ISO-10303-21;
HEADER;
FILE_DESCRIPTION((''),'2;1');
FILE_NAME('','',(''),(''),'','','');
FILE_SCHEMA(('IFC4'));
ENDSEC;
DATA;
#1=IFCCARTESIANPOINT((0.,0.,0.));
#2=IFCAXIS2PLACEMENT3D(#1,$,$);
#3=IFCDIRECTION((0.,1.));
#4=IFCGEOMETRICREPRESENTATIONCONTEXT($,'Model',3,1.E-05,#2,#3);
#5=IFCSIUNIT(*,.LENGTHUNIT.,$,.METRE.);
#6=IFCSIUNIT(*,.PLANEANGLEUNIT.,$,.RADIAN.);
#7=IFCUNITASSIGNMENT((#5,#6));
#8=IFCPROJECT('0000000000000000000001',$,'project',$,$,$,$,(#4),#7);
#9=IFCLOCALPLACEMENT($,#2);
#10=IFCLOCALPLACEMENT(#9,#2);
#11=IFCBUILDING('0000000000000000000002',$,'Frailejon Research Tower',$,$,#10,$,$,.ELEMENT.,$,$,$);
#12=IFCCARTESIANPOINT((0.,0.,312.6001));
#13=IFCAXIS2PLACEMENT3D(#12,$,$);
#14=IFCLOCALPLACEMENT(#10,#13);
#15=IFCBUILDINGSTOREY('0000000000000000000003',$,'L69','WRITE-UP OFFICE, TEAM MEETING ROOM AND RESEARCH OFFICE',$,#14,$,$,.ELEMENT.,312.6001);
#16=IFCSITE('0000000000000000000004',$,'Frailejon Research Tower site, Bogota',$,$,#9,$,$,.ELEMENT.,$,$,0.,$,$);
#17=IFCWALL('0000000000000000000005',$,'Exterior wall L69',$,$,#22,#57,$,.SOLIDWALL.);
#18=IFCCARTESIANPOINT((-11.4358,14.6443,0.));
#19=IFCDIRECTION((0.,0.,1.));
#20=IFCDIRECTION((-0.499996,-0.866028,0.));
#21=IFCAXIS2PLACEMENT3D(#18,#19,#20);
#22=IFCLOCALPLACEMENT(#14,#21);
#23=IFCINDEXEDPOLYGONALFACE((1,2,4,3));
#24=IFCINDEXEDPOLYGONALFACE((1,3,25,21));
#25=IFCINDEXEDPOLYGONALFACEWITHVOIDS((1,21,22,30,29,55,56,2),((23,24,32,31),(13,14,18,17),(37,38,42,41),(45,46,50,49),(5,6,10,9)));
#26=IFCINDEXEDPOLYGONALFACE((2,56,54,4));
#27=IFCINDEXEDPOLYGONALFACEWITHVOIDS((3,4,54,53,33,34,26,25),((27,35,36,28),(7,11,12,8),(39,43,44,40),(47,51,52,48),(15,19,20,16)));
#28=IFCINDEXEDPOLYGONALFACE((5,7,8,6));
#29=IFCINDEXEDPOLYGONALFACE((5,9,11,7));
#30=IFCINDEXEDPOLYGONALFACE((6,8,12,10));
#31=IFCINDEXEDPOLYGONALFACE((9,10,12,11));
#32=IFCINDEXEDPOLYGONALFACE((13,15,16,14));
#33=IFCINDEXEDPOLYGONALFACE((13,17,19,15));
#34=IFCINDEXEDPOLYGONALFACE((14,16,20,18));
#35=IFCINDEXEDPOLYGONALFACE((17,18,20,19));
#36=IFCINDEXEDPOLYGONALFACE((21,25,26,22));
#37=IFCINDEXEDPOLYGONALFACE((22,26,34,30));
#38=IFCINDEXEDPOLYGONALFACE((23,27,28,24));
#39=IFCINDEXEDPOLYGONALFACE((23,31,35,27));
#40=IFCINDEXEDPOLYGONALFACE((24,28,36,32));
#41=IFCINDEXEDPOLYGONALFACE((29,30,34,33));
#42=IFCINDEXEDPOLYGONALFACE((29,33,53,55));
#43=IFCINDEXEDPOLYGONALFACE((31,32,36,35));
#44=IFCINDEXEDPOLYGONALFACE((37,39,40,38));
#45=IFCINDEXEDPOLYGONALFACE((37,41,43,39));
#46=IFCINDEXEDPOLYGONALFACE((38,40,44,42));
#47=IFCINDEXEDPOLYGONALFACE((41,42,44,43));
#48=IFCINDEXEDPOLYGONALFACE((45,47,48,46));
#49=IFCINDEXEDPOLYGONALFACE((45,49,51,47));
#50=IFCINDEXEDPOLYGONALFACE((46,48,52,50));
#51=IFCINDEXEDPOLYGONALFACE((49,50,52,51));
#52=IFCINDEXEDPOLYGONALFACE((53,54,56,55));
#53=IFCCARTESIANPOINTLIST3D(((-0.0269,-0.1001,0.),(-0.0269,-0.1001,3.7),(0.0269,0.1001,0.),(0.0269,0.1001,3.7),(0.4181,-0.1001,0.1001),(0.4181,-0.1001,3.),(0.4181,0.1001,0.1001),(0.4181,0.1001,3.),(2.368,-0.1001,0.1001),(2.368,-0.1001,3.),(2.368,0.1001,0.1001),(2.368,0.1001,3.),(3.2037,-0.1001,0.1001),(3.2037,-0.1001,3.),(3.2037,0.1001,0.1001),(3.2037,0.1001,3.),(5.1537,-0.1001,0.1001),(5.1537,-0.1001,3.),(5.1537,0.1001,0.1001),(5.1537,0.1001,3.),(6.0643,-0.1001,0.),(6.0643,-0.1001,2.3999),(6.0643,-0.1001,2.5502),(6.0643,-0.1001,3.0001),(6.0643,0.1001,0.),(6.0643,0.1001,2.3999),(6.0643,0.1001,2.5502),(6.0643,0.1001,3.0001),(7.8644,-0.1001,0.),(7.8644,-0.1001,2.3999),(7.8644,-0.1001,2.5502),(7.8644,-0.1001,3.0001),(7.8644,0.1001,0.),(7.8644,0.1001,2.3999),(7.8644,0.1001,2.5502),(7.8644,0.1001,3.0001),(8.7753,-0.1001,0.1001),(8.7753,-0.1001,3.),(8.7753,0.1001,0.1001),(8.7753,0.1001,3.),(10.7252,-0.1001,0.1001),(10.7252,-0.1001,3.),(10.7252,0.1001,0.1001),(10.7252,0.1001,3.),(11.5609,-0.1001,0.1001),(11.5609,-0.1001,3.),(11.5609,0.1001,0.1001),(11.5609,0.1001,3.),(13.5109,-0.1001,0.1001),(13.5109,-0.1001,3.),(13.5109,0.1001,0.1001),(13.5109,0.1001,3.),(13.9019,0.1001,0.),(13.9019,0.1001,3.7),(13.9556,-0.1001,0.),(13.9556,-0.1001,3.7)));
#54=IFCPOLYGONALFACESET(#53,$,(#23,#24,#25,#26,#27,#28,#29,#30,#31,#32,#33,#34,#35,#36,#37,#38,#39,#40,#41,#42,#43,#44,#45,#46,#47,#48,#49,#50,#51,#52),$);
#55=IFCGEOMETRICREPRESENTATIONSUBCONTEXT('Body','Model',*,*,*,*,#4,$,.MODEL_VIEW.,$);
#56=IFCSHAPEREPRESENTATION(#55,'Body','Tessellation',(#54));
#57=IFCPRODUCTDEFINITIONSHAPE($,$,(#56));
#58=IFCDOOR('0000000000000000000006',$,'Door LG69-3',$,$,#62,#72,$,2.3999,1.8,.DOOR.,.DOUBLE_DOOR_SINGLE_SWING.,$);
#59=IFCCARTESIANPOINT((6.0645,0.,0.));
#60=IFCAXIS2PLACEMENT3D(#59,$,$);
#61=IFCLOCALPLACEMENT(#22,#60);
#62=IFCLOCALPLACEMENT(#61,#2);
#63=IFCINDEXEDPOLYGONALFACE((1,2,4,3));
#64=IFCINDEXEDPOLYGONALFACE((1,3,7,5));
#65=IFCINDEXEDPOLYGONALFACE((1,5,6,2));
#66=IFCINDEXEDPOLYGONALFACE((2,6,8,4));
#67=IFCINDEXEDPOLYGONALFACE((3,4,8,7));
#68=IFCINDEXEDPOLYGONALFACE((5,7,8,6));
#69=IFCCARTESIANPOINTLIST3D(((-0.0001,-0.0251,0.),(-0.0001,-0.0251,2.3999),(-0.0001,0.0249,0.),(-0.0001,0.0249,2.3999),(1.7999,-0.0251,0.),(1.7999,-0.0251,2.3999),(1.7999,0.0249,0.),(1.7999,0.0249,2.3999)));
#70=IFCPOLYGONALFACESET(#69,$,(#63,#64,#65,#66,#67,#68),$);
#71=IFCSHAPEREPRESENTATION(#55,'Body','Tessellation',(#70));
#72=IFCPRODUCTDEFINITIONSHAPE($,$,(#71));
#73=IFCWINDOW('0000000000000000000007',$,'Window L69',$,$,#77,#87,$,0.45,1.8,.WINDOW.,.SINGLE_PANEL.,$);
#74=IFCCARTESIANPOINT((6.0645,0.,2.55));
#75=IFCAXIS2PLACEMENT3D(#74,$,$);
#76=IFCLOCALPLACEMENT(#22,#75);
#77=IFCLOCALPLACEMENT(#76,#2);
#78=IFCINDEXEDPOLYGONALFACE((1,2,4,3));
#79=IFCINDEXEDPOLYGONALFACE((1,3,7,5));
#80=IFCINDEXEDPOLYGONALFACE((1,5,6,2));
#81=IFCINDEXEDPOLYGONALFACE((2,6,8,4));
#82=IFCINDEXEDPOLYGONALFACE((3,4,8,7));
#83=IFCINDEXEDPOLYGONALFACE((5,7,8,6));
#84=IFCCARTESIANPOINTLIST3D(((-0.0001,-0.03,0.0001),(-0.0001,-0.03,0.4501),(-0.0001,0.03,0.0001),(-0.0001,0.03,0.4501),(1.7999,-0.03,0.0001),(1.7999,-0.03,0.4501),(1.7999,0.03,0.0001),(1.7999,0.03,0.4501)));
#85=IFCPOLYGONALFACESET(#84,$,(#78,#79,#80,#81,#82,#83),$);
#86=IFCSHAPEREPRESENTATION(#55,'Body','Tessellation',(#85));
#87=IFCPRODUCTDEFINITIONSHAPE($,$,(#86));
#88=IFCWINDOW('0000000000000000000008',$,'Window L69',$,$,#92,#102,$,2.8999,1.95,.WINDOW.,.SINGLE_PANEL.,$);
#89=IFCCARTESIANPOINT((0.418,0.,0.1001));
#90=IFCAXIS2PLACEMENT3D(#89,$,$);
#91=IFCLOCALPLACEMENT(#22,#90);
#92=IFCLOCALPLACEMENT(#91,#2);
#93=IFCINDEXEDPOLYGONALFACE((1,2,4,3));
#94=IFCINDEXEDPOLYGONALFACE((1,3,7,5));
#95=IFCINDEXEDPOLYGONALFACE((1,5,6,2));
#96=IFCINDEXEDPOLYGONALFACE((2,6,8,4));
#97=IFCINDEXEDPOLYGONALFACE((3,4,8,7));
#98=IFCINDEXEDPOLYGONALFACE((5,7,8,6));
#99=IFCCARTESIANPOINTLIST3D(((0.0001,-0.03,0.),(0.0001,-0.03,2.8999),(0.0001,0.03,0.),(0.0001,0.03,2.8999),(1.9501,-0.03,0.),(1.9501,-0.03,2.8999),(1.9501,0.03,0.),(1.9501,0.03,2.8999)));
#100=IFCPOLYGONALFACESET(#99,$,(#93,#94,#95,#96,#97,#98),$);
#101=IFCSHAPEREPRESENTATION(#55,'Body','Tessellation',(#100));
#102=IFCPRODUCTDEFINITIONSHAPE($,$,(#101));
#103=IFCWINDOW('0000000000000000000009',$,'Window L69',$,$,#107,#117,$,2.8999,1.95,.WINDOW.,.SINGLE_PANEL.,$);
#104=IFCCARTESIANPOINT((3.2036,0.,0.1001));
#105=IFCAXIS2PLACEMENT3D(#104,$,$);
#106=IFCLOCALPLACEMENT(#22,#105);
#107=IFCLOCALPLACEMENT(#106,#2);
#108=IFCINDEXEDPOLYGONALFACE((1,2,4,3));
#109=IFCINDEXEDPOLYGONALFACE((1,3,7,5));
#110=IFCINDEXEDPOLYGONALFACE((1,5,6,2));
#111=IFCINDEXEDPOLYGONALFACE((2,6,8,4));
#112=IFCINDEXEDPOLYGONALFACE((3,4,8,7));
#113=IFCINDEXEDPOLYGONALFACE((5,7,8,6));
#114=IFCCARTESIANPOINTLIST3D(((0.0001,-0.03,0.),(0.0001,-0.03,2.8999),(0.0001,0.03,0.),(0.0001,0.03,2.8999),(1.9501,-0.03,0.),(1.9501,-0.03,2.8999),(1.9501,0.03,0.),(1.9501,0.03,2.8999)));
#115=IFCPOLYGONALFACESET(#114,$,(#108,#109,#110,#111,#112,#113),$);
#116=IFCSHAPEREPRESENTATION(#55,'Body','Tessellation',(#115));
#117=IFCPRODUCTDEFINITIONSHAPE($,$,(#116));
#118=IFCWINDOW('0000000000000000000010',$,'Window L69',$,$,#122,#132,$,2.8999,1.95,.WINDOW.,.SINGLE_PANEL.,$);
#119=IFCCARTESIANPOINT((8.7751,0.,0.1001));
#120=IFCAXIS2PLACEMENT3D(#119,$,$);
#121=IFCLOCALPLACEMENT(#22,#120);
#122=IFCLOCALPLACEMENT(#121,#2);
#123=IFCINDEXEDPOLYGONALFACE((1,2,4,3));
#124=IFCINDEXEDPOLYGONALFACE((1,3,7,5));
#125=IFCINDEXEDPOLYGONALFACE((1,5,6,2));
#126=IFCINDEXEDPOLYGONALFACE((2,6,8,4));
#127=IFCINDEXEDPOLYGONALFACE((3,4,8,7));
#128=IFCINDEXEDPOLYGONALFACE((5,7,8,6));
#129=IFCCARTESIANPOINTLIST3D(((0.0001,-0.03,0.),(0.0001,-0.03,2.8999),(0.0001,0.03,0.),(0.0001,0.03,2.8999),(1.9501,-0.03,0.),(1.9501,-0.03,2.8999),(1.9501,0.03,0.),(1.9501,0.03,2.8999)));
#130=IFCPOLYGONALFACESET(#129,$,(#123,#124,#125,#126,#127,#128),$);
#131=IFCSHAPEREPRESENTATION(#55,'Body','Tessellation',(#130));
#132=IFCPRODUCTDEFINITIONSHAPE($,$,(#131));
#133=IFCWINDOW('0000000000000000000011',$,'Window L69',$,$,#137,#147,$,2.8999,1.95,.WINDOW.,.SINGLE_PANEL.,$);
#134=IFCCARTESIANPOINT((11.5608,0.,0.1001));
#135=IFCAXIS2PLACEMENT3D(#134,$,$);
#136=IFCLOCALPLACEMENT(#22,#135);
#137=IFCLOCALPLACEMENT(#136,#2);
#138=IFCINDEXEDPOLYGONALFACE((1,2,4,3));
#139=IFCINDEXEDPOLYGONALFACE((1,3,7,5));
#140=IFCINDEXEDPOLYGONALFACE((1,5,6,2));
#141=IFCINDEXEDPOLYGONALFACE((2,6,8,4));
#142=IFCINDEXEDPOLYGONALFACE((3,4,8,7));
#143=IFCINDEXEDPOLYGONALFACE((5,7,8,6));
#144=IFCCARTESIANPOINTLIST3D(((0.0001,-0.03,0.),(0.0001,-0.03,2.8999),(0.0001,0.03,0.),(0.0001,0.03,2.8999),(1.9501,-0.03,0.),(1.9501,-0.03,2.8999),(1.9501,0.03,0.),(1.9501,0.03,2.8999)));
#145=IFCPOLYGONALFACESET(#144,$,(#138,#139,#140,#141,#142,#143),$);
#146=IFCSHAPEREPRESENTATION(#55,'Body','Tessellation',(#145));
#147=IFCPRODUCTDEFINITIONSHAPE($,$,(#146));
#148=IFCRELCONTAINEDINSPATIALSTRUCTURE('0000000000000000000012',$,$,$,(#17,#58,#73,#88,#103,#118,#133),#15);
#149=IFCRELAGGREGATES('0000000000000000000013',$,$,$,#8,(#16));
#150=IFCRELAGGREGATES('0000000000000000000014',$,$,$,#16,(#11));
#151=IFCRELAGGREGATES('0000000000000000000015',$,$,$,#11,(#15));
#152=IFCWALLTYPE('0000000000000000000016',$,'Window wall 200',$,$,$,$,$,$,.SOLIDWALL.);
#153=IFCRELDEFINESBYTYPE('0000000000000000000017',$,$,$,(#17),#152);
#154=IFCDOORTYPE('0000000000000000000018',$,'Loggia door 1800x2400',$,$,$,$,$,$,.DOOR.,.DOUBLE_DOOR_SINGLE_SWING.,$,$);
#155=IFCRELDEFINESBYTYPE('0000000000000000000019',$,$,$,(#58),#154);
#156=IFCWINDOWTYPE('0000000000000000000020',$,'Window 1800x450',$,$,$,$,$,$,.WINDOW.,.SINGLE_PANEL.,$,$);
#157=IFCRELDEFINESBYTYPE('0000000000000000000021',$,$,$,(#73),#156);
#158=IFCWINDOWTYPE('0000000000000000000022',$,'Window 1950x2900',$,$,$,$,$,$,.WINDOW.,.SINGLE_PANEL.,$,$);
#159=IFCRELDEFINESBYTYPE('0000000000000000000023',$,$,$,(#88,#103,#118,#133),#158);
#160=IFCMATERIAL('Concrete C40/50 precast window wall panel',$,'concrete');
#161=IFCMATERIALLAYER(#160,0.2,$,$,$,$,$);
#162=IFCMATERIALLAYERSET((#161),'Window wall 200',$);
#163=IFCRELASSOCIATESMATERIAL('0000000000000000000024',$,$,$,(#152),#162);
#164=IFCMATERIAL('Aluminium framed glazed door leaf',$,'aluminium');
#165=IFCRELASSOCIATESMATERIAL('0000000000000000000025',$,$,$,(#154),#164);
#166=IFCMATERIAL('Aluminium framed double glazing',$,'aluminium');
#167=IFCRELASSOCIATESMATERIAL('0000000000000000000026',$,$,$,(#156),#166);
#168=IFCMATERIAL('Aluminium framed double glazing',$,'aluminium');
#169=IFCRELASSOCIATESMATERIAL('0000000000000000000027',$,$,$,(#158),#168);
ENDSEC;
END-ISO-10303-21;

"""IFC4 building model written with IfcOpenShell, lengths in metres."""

from ifc_helpers import new_model, si_unit, direction, frame, frame_2d, origin, place, context, subcontext, project, spatial, polyline, rectangle, outline, extrude, material, layer, layer_set, type_object, element, fill, save


model = new_model("IFC4")

# Units and contexts
model_context = context("Model", 3, precision=1e-05, world=origin(), true_north=direction((0.0, 1.0)))
body_context = subcontext(model_context, "Body", "Model", "MODEL_VIEW")
ifc_project = project(units=[si_unit("LENGTHUNIT", "METRE"), si_unit("PLANEANGLEUNIT", "RADIAN")], contexts=[model_context])

# Site, building, storey
site_placement = place(None, origin())
site = spatial("IfcSite", under=ifc_project, at=site_placement, Name="Frailejon Research Tower site, Bogota", CompositionType="ELEMENT", RefElevation=0.0)
building_placement = place(site_placement, origin())
building = spatial("IfcBuilding", under=site, at=building_placement, Name="Frailejon Research Tower", CompositionType="ELEMENT")
storey_placement = place(building_placement, frame((0.0, 0.0, 312.6001)))
storey = spatial("IfcBuildingStorey", under=building, at=storey_placement, Name="L69", Description="WRITE-UP OFFICE, TEAM MEETING ROOM AND RESEARCH OFFICE", CompositionType="ELEMENT", Elevation=312.6001)

# Wall, openings, door, windows
ifc_material_1 = material(Name="Concrete C40/50 precast window wall panel", Category="concrete")
ifc_layer_1 = layer(ifc_material_1, 0.2)
ifc_layer_set_1 = layer_set([ifc_layer_1], Name="Window wall 200")
wall_type_1 = type_object("IfcWallType", Name="Window wall 200", PredefinedType="SOLIDWALL", material=ifc_layer_set_1)
wall_1_placement = place(storey_placement, frame((-11.4358, 14.6443, 0.0), z_axis=(0.0, 0.0, 1.0), x_axis=(-0.499996, -0.866028, 0.0)))
wall_1 = element("IfcWall", 1, at=wall_1_placement, inside=storey, type_object=wall_type_1, Name="Exterior wall L69", PredefinedType="SOLIDWALL", context=body_context, shape_type="SweptSolid", body=[
    extrude(outline(polyline([(-0.0269, -0.1001), (1.0488, -0.1001), (2.1243, -0.1001), (3.2, -0.1001), (4.2754, -0.1001), (5.3511, -0.1001), (6.4265, -0.1001), (7.5022, -0.1001), (8.5776, -0.1001), (9.6533, -0.1001), (10.7288, -0.1001), (11.8044, -0.1001), (12.8799, -0.1001), (13.9556, -0.1001), (13.9019, 0.1001), (12.8345, 0.1001), (11.7673, 0.1001), (10.7, 0.1001), (9.6326, 0.1001), (8.5654, 0.1001), (7.498, 0.1001), (6.4307, 0.1001), (5.3633, 0.1001), (4.2961, 0.1001), (3.2288, 0.1001), (2.1614, 0.1001), (1.0942, 0.1001), (0.0269, 0.1001), (-0.0269, -0.1001)])), origin(), (0.0, 0.0, 1.0), 3.7),
])
opening_1_placement = place(wall_1_placement, frame((0.418, 0.0, 0.1001)))
opening_1 = element("IfcOpeningElement", 2, at=opening_1_placement, cuts=wall_1, PredefinedType="OPENING", context=body_context, shape_type="SweptSolid", body=[
    extrude(rectangle(XDim=1.95, YDim=2.8999, at=frame_2d((0.9751, 1.45))), frame((0.0, 0.1099, 0.0), z_axis=(0.0, -1.0, 0.0), x_axis=(1.0, 0.0, 0.0)), (0.0, 0.0, 1.0), 0.22),
])
opening_2_placement = place(wall_1_placement, frame((3.2036, 0.0, 0.1001)))
opening_2 = element("IfcOpeningElement", 3, at=opening_2_placement, cuts=wall_1, PredefinedType="OPENING", context=body_context, shape_type="SweptSolid", body=[
    extrude(rectangle(XDim=1.95, YDim=2.8999, at=frame_2d((0.9751, 1.45))), frame((0.0, 0.1099, 0.0), z_axis=(0.0, -1.0, 0.0), x_axis=(1.0, 0.0, 0.0)), (0.0, 0.0, 1.0), 0.22),
])
opening_3_placement = place(wall_1_placement, frame((6.0645, 0.0, 0.0)))
opening_3 = element("IfcOpeningElement", 4, at=opening_3_placement, cuts=wall_1, PredefinedType="OPENING", context=body_context, shape_type="SweptSolid", body=[
    extrude(rectangle(XDim=1.8, YDim=2.3999, at=frame_2d((0.8999, 1.2))), frame((0.0, 0.1099, 0.0), z_axis=(0.0, -1.0, 0.0), x_axis=(1.0, 0.0, 0.0)), (0.0, 0.0, 1.0), 0.22),
])
opening_4_placement = place(wall_1_placement, frame((6.0645, 0.0, 2.55)))
opening_4 = element("IfcOpeningElement", 5, at=opening_4_placement, cuts=wall_1, PredefinedType="OPENING", context=body_context, shape_type="SweptSolid", body=[
    extrude(rectangle(XDim=1.8, YDim=0.45, at=frame_2d((0.8999, 0.2251))), frame((0.0, 0.1099, 0.0), z_axis=(0.0, -1.0, 0.0), x_axis=(1.0, 0.0, 0.0)), (0.0, 0.0, 1.0), 0.22),
])
opening_5_placement = place(wall_1_placement, frame((8.7751, 0.0, 0.1001)))
opening_5 = element("IfcOpeningElement", 6, at=opening_5_placement, cuts=wall_1, PredefinedType="OPENING", context=body_context, shape_type="SweptSolid", body=[
    extrude(rectangle(XDim=1.95, YDim=2.8999, at=frame_2d((0.9751, 1.45))), frame((0.0, 0.1099, 0.0), z_axis=(0.0, -1.0, 0.0), x_axis=(1.0, 0.0, 0.0)), (0.0, 0.0, 1.0), 0.22),
])
opening_6_placement = place(wall_1_placement, frame((11.5608, 0.0, 0.1001)))
opening_6 = element("IfcOpeningElement", 7, at=opening_6_placement, cuts=wall_1, PredefinedType="OPENING", context=body_context, shape_type="SweptSolid", body=[
    extrude(rectangle(XDim=1.95, YDim=2.8999, at=frame_2d((0.9751, 1.45))), frame((0.0, 0.1099, 0.0), z_axis=(0.0, -1.0, 0.0), x_axis=(1.0, 0.0, 0.0)), (0.0, 0.0, 1.0), 0.22),
])
ifc_material_2 = material(Name="Aluminium framed glazed door leaf", Category="aluminium")
door_type = type_object("IfcDoorType", Name="Loggia door 1800x2400", OperationType="DOUBLE_DOOR_SINGLE_SWING", PredefinedType="DOOR", material=ifc_material_2)
door_placement = place(opening_3_placement, origin())
door = element("IfcDoor", 8, at=door_placement, inside=storey, type_object=door_type, Name="Door LG69-3", OperationType="DOUBLE_DOOR_SINGLE_SWING", OverallHeight=2.3999, OverallWidth=1.8, PredefinedType="DOOR", context=body_context, shape_type="SweptSolid", body=[
    extrude(rectangle(XDim=1.8, YDim=2.3999, at=frame_2d((0.8999, 1.2))), frame((0.0, 0.0249, 0.0), z_axis=(0.0, -1.0, 0.0), x_axis=(1.0, 0.0, 0.0)), (0.0, 0.0, 1.0), 0.05),
])
fill(opening_3, door)
ifc_material_3 = material(Name="Aluminium framed double glazing", Category="aluminium")
window_type_1 = type_object("IfcWindowType", Name="Window 1800x450", PartitioningType="SINGLE_PANEL", PredefinedType="WINDOW", material=ifc_material_3)
window_1_placement = place(opening_4_placement, origin())
window_1 = element("IfcWindow", 9, at=window_1_placement, inside=storey, type_object=window_type_1, Name="Window L69", OverallHeight=0.45, OverallWidth=1.8, PartitioningType="SINGLE_PANEL", PredefinedType="WINDOW", context=body_context, shape_type="SweptSolid", body=[
    extrude(rectangle(XDim=1.8, YDim=0.45, at=frame_2d((0.8999, 0.2251))), frame((0.0, 0.03, 0.0), z_axis=(0.0, -1.0, 0.0), x_axis=(1.0, 0.0, 0.0)), (0.0, 0.0, 1.0), 0.0601),
])
fill(opening_4, window_1)
ifc_material_4 = material(Name="Aluminium framed double glazing", Category="aluminium")
window_type_2 = type_object("IfcWindowType", Name="Window 1950x2900", PartitioningType="SINGLE_PANEL", PredefinedType="WINDOW", material=ifc_material_4)
window_2_placement = place(opening_1_placement, origin())
window_2 = element("IfcWindow", 10, at=window_2_placement, inside=storey, type_object=window_type_2, Name="Window L69", OverallHeight=2.8999, OverallWidth=1.95, PartitioningType="SINGLE_PANEL", PredefinedType="WINDOW", context=body_context, shape_type="SweptSolid", body=[
    extrude(rectangle(XDim=1.95, YDim=2.8999, at=frame_2d((0.9751, 1.45))), frame((0.0, 0.03, 0.0), z_axis=(0.0, -1.0, 0.0), x_axis=(1.0, 0.0, 0.0)), (0.0, 0.0, 1.0), 0.0601),
])
fill(opening_1, window_2)
window_3_placement = place(opening_2_placement, origin())
window_3 = element("IfcWindow", 11, at=window_3_placement, inside=storey, type_object=window_type_2, Name="Window L69", OverallHeight=2.8999, OverallWidth=1.95, PartitioningType="SINGLE_PANEL", PredefinedType="WINDOW", context=body_context, shape_type="SweptSolid", body=[
    extrude(rectangle(XDim=1.95, YDim=2.8999, at=frame_2d((0.9751, 1.45))), frame((0.0, 0.03, 0.0), z_axis=(0.0, -1.0, 0.0), x_axis=(1.0, 0.0, 0.0)), (0.0, 0.0, 1.0), 0.0601),
])
fill(opening_2, window_3)
window_4_placement = place(opening_5_placement, origin())
window_4 = element("IfcWindow", 12, at=window_4_placement, inside=storey, type_object=window_type_2, Name="Window L69", OverallHeight=2.8999, OverallWidth=1.95, PartitioningType="SINGLE_PANEL", PredefinedType="WINDOW", context=body_context, shape_type="SweptSolid", body=[
    extrude(rectangle(XDim=1.95, YDim=2.8999, at=frame_2d((0.9751, 1.45))), frame((0.0, 0.03, 0.0), z_axis=(0.0, -1.0, 0.0), x_axis=(1.0, 0.0, 0.0)), (0.0, 0.0, 1.0), 0.0601),
])
fill(opening_5, window_4)
window_5_placement = place(opening_6_placement, origin())
window_5 = element("IfcWindow", 13, at=window_5_placement, inside=storey, type_object=window_type_2, Name="Window L69", OverallHeight=2.8999, OverallWidth=1.95, PartitioningType="SINGLE_PANEL", PredefinedType="WINDOW", context=body_context, shape_type="SweptSolid", body=[
    extrude(rectangle(XDim=1.95, YDim=2.8999, at=frame_2d((0.9751, 1.45))), frame((0.0, 0.03, 0.0), z_axis=(0.0, -1.0, 0.0), x_axis=(1.0, 0.0, 0.0)), (0.0, 0.0, 1.0), 0.0601),
])
fill(opening_6, window_5)

save(model, "model.ifc")
